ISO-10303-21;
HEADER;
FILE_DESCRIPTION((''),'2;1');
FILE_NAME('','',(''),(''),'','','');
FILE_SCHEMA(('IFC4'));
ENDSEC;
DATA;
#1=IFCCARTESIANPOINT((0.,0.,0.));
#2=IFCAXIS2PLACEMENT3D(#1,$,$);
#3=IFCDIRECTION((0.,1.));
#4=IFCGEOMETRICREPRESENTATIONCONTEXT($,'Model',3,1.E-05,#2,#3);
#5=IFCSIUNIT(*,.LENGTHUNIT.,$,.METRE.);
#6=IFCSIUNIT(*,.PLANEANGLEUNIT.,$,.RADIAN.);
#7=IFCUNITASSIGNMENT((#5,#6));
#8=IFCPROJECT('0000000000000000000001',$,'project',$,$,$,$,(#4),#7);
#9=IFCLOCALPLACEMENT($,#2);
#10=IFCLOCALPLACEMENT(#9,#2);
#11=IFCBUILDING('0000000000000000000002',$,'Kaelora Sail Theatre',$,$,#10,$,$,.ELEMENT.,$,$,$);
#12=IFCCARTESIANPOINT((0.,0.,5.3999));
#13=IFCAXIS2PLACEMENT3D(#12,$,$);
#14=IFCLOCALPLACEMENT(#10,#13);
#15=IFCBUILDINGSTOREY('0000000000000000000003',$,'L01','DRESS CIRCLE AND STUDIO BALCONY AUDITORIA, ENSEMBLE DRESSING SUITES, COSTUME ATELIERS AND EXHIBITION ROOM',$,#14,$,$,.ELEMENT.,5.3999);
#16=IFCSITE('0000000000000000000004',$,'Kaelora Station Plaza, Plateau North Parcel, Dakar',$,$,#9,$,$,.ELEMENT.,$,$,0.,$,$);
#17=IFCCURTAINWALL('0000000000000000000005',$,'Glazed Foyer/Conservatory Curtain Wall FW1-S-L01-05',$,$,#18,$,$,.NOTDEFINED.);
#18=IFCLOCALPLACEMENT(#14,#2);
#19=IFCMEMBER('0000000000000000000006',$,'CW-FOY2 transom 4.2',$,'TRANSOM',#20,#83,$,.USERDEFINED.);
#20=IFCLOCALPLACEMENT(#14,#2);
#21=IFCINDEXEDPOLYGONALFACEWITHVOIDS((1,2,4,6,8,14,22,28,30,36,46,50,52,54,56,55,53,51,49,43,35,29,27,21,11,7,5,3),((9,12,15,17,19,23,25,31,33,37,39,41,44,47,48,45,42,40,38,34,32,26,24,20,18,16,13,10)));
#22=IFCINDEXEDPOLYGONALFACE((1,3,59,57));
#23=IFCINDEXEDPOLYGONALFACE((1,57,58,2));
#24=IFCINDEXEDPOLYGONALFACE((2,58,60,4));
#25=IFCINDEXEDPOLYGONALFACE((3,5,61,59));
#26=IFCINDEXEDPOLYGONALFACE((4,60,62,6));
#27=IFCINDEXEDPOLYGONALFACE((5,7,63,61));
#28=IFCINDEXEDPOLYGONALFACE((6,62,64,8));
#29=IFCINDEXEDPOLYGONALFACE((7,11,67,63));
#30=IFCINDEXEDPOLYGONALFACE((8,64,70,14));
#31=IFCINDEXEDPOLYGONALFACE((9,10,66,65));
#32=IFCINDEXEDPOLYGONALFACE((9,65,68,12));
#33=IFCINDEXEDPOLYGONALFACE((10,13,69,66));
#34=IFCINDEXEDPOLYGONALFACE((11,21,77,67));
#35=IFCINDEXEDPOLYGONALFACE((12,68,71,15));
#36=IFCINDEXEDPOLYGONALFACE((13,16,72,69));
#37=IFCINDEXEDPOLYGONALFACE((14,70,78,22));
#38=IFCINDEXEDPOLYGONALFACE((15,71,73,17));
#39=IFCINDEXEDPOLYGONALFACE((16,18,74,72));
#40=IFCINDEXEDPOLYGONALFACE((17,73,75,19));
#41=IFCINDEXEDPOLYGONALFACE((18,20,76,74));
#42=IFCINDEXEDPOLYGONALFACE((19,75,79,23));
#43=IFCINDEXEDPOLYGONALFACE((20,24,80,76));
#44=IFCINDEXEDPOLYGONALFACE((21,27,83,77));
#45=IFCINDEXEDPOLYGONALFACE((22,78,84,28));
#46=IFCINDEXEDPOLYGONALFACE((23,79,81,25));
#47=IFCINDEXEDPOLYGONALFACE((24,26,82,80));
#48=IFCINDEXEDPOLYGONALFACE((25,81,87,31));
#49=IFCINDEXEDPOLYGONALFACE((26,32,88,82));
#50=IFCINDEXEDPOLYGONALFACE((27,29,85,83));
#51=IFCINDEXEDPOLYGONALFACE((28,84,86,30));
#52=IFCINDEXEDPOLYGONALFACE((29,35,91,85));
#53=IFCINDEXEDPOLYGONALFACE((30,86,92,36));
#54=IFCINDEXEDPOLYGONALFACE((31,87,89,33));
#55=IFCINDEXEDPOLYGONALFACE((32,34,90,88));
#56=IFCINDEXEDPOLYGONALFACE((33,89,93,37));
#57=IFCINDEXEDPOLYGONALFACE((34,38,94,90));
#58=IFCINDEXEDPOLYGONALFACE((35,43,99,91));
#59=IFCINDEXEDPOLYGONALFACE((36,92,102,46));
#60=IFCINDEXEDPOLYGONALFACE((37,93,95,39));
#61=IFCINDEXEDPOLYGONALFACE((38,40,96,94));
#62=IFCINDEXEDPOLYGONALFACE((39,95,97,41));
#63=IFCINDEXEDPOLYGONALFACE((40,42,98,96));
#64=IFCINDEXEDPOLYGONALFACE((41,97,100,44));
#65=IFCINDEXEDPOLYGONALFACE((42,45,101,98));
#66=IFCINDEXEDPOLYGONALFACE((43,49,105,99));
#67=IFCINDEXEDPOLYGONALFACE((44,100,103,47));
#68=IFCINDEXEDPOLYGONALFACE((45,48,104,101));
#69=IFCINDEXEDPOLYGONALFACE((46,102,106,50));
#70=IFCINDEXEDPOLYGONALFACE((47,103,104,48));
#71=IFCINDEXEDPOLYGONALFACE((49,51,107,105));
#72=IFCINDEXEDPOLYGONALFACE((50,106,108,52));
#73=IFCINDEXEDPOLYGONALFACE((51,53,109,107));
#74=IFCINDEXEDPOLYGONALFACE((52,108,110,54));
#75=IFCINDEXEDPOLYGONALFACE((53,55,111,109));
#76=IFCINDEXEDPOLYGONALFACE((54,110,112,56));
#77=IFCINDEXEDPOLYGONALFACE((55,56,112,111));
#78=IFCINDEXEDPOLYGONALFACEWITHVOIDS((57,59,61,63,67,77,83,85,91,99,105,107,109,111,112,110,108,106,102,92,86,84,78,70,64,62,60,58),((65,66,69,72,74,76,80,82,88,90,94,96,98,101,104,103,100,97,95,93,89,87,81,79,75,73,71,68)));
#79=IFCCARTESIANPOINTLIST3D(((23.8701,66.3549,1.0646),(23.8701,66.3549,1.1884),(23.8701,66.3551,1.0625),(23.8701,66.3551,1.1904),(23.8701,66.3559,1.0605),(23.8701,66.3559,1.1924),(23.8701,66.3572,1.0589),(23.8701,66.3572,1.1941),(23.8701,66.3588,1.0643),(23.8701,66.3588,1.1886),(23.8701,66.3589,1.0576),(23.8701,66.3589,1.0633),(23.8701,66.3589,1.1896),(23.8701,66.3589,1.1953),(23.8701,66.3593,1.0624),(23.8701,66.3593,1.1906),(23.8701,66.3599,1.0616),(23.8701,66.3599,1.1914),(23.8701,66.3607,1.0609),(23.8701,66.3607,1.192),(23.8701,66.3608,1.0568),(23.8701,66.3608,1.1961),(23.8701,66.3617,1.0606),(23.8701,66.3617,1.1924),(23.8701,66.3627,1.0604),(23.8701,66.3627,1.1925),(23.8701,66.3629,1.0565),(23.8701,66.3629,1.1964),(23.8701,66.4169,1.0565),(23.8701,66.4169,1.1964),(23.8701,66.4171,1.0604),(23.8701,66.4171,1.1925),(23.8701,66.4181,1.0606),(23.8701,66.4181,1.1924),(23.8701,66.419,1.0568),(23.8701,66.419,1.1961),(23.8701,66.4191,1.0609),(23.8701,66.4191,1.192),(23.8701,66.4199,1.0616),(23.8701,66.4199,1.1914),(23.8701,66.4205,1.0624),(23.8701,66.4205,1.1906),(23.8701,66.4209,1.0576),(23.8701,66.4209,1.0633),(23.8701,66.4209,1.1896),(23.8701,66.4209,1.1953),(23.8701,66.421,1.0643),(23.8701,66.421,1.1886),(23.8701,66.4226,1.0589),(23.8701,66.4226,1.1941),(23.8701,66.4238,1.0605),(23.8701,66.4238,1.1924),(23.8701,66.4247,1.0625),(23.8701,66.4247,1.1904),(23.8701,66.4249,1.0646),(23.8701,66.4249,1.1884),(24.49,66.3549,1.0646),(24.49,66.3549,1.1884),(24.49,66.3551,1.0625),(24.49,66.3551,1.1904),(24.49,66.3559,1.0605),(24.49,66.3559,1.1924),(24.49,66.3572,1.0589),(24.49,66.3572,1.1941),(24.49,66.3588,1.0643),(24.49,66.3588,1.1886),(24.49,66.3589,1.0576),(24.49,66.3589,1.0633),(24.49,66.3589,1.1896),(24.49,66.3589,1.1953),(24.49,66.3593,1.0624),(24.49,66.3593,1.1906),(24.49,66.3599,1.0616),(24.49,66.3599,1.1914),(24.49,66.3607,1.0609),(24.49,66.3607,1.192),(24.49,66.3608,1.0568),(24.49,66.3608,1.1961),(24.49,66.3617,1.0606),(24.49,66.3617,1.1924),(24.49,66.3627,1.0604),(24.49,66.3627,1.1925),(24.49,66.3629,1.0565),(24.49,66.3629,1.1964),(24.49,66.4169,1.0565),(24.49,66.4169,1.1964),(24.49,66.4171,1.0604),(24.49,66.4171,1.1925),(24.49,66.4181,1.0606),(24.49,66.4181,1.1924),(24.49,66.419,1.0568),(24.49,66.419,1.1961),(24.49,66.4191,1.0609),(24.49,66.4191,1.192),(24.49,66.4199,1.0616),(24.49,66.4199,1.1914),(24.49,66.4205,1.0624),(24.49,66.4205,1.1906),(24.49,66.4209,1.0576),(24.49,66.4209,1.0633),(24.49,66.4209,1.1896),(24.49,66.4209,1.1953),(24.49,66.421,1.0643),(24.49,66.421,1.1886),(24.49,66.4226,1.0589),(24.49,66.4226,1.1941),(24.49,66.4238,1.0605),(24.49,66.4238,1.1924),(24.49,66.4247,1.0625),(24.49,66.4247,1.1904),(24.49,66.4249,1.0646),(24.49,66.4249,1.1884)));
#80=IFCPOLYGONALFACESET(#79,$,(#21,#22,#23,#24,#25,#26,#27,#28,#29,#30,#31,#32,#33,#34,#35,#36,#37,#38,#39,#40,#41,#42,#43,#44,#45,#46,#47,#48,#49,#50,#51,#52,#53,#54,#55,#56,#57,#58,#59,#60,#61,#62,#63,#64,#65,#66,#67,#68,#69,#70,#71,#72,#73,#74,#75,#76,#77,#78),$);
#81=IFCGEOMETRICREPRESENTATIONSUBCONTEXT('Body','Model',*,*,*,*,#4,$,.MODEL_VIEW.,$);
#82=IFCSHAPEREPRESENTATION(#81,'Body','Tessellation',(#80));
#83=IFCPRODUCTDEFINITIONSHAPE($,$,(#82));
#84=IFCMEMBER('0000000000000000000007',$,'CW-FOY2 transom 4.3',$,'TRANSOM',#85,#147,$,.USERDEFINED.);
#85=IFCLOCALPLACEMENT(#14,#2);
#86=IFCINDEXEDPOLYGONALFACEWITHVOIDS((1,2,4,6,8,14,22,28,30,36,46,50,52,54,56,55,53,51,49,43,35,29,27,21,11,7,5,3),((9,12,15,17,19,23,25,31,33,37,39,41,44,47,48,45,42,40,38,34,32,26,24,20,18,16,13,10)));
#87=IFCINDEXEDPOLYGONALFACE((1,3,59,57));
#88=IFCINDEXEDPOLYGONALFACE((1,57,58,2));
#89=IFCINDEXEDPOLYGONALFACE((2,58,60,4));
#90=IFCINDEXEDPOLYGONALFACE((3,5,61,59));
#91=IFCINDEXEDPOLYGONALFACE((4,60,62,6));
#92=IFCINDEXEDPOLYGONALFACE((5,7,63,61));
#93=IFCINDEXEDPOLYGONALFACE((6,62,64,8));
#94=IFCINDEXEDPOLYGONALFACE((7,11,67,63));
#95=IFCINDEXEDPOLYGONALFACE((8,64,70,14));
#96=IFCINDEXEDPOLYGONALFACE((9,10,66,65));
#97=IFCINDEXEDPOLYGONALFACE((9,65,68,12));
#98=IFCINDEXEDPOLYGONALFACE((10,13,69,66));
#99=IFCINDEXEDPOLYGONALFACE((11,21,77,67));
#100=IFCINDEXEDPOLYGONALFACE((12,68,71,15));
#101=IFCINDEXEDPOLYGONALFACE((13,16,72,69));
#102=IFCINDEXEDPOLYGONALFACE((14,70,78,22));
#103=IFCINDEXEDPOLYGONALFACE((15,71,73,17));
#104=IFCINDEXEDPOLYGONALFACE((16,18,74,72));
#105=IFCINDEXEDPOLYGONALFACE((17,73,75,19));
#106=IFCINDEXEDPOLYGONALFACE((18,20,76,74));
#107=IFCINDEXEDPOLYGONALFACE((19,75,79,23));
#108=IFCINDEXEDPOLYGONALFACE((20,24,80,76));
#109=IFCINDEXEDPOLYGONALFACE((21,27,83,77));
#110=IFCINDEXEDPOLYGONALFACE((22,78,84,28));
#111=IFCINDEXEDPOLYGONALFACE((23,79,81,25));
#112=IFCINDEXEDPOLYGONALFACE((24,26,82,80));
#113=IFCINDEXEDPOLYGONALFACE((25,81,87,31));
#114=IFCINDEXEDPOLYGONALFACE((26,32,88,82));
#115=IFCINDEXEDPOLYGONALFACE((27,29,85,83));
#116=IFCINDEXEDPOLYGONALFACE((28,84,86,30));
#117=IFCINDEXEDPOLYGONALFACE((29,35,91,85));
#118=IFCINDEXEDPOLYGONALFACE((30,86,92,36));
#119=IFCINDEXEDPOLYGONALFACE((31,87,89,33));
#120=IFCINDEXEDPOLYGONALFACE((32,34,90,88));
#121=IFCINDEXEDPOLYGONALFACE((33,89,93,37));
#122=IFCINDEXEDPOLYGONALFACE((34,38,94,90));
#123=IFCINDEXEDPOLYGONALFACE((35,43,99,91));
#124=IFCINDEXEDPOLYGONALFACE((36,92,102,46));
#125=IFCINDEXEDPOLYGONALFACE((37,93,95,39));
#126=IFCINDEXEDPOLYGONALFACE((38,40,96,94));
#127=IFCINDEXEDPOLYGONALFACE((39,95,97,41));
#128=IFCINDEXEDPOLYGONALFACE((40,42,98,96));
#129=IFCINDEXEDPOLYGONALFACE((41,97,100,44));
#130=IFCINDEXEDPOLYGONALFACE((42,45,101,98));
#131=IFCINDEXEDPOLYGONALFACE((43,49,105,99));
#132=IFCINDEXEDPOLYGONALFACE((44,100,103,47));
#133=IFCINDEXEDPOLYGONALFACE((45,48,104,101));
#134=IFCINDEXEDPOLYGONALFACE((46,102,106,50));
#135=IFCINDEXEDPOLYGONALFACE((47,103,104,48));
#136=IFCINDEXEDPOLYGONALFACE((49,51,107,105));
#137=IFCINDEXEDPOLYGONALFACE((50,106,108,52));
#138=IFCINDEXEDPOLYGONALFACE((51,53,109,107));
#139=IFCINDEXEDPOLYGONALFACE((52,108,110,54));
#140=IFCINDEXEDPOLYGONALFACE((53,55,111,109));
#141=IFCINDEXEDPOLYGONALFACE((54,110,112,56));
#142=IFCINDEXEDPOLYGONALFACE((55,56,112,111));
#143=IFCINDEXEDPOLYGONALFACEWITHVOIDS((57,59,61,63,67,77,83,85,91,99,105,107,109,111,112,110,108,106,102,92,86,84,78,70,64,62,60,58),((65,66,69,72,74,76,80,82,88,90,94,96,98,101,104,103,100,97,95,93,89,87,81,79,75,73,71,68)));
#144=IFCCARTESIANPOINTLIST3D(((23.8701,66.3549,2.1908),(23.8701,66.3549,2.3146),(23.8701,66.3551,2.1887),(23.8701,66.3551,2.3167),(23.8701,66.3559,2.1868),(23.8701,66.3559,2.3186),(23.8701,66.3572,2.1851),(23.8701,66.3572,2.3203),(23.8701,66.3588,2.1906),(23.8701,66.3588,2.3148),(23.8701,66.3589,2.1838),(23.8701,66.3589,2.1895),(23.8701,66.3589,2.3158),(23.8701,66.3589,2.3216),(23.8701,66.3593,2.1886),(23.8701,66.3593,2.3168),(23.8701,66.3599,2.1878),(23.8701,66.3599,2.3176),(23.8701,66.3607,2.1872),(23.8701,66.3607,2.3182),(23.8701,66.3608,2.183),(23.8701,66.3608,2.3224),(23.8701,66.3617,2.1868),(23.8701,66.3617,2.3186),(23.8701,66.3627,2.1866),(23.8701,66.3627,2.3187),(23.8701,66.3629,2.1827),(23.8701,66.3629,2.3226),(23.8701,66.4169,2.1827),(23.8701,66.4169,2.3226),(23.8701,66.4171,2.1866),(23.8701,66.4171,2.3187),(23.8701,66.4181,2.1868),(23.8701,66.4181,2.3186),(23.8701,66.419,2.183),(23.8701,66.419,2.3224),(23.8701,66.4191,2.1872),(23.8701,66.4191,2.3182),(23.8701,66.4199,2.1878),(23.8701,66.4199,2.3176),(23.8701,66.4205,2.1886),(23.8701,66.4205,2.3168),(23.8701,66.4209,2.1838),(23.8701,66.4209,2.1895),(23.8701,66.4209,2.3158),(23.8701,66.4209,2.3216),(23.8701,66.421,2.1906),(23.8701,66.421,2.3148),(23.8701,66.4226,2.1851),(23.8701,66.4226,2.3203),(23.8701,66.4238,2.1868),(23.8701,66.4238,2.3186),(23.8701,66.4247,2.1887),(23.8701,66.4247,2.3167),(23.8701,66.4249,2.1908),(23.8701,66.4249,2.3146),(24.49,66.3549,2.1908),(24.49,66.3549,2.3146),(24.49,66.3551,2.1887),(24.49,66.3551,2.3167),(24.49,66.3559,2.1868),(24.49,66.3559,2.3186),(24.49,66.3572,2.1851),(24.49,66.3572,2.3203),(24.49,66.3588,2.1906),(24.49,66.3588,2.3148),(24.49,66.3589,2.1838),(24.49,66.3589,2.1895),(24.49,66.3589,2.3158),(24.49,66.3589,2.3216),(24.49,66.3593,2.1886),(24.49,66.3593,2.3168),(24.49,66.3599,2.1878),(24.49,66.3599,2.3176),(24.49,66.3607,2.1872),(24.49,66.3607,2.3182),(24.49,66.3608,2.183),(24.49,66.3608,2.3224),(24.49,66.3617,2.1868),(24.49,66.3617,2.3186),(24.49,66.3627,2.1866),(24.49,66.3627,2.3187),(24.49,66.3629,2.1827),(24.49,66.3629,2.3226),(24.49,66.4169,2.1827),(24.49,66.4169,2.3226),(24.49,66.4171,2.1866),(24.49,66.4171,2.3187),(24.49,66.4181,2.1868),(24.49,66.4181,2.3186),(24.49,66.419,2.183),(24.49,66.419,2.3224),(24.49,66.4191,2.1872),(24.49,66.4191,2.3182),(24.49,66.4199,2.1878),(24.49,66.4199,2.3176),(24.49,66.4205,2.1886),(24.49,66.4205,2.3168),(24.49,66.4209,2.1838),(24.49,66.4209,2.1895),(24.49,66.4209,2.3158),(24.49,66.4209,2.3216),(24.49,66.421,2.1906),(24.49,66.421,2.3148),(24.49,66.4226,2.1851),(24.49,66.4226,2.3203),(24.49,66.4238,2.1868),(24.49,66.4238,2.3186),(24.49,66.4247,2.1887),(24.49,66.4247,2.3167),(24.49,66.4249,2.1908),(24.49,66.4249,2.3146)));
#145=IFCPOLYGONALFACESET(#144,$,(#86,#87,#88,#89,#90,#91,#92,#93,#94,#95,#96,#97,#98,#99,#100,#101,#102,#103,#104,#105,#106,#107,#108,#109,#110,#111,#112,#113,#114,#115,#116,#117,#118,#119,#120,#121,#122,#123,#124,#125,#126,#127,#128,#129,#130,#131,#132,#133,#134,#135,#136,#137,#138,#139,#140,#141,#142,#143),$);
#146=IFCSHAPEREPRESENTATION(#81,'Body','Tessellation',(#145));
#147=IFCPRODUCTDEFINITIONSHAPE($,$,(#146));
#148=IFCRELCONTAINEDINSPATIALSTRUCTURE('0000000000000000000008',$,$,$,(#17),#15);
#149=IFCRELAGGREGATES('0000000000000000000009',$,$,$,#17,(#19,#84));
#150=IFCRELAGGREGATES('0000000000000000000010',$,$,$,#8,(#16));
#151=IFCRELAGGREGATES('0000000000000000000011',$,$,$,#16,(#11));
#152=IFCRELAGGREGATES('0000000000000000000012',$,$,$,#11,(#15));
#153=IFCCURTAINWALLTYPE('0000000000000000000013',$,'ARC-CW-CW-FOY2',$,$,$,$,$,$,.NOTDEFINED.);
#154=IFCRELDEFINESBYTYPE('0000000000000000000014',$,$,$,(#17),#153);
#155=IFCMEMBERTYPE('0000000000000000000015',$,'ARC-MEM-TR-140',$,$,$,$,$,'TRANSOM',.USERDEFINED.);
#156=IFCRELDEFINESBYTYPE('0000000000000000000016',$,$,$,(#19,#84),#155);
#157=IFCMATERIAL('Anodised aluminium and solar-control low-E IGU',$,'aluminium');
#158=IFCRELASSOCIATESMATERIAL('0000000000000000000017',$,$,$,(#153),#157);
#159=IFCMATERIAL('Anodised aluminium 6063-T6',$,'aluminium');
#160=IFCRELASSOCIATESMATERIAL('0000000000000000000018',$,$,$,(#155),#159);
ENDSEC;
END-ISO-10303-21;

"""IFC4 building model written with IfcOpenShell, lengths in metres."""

from ifc_helpers import new_model, si_unit, direction, frame, origin, origin_2d, place, context, subcontext, project, spatial, hollow_rectangle, extrude, material, material_profile, profile_set, type_object, element, aggregate, save


model = new_model("IFC4")

# Units and contexts
model_context = context("Model", 3, precision=1e-05, world=origin(), true_north=direction((0.0, 1.0)))
body_context = subcontext(model_context, "Body", "Model", "MODEL_VIEW")
ifc_project = project(units=[si_unit("LENGTHUNIT", "METRE"), si_unit("PLANEANGLEUNIT", "RADIAN")], contexts=[model_context])

# Site, building, storey
site_placement = place(None, origin())
site = spatial("IfcSite", under=ifc_project, at=site_placement, Name="Kaelora Station Plaza, Plateau North Parcel, Dakar", CompositionType="ELEMENT", RefElevation=0.0)
building_placement = place(site_placement, origin())
building = spatial("IfcBuilding", under=site, at=building_placement, Name="Kaelora Sail Theatre", CompositionType="ELEMENT")
storey_placement = place(building_placement, frame((0.0, 0.0, 5.3999)))
storey = spatial("IfcBuildingStorey", under=building, at=storey_placement, Name="L01", Description="DRESS CIRCLE AND STUDIO BALCONY AUDITORIA, ENSEMBLE DRESSING SUITES, COSTUME ATELIERS AND EXHIBITION ROOM", CompositionType="ELEMENT", Elevation=5.3999)

# Curtain wall, members
ifc_material_1 = material(Name="Anodised aluminium and solar-control low-E IGU", Category="aluminium")
curtain_wall_type = type_object("IfcCurtainWallType", Name="ARC-CW-CW-FOY2", PredefinedType="NOTDEFINED", material=ifc_material_1)
curtain_wall_placement = place(storey_placement, origin())
curtain_wall = element("IfcCurtainWall", 1, at=curtain_wall_placement, inside=storey, type_object=curtain_wall_type, Name="Glazed Foyer/Conservatory Curtain Wall FW1-S-L01-05", PredefinedType="NOTDEFINED")
ifc_material_2 = material(Name="Anodised aluminium 6063-T6", Category="aluminium")
ifc_material_profile_1 = material_profile(ifc_material_2, hollow_rectangle(XDim=0.0701, YDim=0.1399, WallThickness=0.0039, InnerFilletRadius=0.0039, OuterFilletRadius=0.0081, at=origin_2d()), Name="ALU-TRAN 70x140x4")
ifc_profile_set_1 = profile_set([ifc_material_profile_1], Name="Anodised aluminium 6063-T6")
member_type_1 = type_object("IfcMemberType", Name="ARC-MEM-TR-140", ElementType="TRANSOM", PredefinedType="USERDEFINED", material=ifc_profile_set_1)
member_1_placement = place(storey_placement, frame((23.8701, 66.3899, 1.1265), z_axis=(1.0, 0.0, 0.0), x_axis=(0.0, 1.0, 0.0)))
member_1 = element("IfcMember", 2, at=member_1_placement, type_object=member_type_1, Name="CW-FOY2 transom 4.2", ObjectType="TRANSOM", PredefinedType="USERDEFINED", context=body_context, shape_type="SweptSolid", body=[
    extrude(hollow_rectangle(XDim=0.0701, YDim=0.1399, WallThickness=0.0039, InnerFilletRadius=0.0039, OuterFilletRadius=0.0081, at=origin_2d()), origin(), (0.0, 0.0, 1.0), 0.6199),
])
member_2_placement = place(storey_placement, frame((23.8701, 66.3899, 2.2527), z_axis=(1.0, 0.0, 0.0), x_axis=(0.0, 1.0, 0.0)))
member_2 = element("IfcMember", 3, at=member_2_placement, type_object=member_type_1, Name="CW-FOY2 transom 4.3", ObjectType="TRANSOM", PredefinedType="USERDEFINED", context=body_context, shape_type="SweptSolid", body=[
    extrude(hollow_rectangle(XDim=0.0701, YDim=0.1399, WallThickness=0.0039, InnerFilletRadius=0.0039, OuterFilletRadius=0.0081, at=origin_2d()), origin(), (0.0, 0.0, 1.0), 0.6199),
])
aggregate(curtain_wall, [member_1, member_2])

save(model, "model.ifc")
